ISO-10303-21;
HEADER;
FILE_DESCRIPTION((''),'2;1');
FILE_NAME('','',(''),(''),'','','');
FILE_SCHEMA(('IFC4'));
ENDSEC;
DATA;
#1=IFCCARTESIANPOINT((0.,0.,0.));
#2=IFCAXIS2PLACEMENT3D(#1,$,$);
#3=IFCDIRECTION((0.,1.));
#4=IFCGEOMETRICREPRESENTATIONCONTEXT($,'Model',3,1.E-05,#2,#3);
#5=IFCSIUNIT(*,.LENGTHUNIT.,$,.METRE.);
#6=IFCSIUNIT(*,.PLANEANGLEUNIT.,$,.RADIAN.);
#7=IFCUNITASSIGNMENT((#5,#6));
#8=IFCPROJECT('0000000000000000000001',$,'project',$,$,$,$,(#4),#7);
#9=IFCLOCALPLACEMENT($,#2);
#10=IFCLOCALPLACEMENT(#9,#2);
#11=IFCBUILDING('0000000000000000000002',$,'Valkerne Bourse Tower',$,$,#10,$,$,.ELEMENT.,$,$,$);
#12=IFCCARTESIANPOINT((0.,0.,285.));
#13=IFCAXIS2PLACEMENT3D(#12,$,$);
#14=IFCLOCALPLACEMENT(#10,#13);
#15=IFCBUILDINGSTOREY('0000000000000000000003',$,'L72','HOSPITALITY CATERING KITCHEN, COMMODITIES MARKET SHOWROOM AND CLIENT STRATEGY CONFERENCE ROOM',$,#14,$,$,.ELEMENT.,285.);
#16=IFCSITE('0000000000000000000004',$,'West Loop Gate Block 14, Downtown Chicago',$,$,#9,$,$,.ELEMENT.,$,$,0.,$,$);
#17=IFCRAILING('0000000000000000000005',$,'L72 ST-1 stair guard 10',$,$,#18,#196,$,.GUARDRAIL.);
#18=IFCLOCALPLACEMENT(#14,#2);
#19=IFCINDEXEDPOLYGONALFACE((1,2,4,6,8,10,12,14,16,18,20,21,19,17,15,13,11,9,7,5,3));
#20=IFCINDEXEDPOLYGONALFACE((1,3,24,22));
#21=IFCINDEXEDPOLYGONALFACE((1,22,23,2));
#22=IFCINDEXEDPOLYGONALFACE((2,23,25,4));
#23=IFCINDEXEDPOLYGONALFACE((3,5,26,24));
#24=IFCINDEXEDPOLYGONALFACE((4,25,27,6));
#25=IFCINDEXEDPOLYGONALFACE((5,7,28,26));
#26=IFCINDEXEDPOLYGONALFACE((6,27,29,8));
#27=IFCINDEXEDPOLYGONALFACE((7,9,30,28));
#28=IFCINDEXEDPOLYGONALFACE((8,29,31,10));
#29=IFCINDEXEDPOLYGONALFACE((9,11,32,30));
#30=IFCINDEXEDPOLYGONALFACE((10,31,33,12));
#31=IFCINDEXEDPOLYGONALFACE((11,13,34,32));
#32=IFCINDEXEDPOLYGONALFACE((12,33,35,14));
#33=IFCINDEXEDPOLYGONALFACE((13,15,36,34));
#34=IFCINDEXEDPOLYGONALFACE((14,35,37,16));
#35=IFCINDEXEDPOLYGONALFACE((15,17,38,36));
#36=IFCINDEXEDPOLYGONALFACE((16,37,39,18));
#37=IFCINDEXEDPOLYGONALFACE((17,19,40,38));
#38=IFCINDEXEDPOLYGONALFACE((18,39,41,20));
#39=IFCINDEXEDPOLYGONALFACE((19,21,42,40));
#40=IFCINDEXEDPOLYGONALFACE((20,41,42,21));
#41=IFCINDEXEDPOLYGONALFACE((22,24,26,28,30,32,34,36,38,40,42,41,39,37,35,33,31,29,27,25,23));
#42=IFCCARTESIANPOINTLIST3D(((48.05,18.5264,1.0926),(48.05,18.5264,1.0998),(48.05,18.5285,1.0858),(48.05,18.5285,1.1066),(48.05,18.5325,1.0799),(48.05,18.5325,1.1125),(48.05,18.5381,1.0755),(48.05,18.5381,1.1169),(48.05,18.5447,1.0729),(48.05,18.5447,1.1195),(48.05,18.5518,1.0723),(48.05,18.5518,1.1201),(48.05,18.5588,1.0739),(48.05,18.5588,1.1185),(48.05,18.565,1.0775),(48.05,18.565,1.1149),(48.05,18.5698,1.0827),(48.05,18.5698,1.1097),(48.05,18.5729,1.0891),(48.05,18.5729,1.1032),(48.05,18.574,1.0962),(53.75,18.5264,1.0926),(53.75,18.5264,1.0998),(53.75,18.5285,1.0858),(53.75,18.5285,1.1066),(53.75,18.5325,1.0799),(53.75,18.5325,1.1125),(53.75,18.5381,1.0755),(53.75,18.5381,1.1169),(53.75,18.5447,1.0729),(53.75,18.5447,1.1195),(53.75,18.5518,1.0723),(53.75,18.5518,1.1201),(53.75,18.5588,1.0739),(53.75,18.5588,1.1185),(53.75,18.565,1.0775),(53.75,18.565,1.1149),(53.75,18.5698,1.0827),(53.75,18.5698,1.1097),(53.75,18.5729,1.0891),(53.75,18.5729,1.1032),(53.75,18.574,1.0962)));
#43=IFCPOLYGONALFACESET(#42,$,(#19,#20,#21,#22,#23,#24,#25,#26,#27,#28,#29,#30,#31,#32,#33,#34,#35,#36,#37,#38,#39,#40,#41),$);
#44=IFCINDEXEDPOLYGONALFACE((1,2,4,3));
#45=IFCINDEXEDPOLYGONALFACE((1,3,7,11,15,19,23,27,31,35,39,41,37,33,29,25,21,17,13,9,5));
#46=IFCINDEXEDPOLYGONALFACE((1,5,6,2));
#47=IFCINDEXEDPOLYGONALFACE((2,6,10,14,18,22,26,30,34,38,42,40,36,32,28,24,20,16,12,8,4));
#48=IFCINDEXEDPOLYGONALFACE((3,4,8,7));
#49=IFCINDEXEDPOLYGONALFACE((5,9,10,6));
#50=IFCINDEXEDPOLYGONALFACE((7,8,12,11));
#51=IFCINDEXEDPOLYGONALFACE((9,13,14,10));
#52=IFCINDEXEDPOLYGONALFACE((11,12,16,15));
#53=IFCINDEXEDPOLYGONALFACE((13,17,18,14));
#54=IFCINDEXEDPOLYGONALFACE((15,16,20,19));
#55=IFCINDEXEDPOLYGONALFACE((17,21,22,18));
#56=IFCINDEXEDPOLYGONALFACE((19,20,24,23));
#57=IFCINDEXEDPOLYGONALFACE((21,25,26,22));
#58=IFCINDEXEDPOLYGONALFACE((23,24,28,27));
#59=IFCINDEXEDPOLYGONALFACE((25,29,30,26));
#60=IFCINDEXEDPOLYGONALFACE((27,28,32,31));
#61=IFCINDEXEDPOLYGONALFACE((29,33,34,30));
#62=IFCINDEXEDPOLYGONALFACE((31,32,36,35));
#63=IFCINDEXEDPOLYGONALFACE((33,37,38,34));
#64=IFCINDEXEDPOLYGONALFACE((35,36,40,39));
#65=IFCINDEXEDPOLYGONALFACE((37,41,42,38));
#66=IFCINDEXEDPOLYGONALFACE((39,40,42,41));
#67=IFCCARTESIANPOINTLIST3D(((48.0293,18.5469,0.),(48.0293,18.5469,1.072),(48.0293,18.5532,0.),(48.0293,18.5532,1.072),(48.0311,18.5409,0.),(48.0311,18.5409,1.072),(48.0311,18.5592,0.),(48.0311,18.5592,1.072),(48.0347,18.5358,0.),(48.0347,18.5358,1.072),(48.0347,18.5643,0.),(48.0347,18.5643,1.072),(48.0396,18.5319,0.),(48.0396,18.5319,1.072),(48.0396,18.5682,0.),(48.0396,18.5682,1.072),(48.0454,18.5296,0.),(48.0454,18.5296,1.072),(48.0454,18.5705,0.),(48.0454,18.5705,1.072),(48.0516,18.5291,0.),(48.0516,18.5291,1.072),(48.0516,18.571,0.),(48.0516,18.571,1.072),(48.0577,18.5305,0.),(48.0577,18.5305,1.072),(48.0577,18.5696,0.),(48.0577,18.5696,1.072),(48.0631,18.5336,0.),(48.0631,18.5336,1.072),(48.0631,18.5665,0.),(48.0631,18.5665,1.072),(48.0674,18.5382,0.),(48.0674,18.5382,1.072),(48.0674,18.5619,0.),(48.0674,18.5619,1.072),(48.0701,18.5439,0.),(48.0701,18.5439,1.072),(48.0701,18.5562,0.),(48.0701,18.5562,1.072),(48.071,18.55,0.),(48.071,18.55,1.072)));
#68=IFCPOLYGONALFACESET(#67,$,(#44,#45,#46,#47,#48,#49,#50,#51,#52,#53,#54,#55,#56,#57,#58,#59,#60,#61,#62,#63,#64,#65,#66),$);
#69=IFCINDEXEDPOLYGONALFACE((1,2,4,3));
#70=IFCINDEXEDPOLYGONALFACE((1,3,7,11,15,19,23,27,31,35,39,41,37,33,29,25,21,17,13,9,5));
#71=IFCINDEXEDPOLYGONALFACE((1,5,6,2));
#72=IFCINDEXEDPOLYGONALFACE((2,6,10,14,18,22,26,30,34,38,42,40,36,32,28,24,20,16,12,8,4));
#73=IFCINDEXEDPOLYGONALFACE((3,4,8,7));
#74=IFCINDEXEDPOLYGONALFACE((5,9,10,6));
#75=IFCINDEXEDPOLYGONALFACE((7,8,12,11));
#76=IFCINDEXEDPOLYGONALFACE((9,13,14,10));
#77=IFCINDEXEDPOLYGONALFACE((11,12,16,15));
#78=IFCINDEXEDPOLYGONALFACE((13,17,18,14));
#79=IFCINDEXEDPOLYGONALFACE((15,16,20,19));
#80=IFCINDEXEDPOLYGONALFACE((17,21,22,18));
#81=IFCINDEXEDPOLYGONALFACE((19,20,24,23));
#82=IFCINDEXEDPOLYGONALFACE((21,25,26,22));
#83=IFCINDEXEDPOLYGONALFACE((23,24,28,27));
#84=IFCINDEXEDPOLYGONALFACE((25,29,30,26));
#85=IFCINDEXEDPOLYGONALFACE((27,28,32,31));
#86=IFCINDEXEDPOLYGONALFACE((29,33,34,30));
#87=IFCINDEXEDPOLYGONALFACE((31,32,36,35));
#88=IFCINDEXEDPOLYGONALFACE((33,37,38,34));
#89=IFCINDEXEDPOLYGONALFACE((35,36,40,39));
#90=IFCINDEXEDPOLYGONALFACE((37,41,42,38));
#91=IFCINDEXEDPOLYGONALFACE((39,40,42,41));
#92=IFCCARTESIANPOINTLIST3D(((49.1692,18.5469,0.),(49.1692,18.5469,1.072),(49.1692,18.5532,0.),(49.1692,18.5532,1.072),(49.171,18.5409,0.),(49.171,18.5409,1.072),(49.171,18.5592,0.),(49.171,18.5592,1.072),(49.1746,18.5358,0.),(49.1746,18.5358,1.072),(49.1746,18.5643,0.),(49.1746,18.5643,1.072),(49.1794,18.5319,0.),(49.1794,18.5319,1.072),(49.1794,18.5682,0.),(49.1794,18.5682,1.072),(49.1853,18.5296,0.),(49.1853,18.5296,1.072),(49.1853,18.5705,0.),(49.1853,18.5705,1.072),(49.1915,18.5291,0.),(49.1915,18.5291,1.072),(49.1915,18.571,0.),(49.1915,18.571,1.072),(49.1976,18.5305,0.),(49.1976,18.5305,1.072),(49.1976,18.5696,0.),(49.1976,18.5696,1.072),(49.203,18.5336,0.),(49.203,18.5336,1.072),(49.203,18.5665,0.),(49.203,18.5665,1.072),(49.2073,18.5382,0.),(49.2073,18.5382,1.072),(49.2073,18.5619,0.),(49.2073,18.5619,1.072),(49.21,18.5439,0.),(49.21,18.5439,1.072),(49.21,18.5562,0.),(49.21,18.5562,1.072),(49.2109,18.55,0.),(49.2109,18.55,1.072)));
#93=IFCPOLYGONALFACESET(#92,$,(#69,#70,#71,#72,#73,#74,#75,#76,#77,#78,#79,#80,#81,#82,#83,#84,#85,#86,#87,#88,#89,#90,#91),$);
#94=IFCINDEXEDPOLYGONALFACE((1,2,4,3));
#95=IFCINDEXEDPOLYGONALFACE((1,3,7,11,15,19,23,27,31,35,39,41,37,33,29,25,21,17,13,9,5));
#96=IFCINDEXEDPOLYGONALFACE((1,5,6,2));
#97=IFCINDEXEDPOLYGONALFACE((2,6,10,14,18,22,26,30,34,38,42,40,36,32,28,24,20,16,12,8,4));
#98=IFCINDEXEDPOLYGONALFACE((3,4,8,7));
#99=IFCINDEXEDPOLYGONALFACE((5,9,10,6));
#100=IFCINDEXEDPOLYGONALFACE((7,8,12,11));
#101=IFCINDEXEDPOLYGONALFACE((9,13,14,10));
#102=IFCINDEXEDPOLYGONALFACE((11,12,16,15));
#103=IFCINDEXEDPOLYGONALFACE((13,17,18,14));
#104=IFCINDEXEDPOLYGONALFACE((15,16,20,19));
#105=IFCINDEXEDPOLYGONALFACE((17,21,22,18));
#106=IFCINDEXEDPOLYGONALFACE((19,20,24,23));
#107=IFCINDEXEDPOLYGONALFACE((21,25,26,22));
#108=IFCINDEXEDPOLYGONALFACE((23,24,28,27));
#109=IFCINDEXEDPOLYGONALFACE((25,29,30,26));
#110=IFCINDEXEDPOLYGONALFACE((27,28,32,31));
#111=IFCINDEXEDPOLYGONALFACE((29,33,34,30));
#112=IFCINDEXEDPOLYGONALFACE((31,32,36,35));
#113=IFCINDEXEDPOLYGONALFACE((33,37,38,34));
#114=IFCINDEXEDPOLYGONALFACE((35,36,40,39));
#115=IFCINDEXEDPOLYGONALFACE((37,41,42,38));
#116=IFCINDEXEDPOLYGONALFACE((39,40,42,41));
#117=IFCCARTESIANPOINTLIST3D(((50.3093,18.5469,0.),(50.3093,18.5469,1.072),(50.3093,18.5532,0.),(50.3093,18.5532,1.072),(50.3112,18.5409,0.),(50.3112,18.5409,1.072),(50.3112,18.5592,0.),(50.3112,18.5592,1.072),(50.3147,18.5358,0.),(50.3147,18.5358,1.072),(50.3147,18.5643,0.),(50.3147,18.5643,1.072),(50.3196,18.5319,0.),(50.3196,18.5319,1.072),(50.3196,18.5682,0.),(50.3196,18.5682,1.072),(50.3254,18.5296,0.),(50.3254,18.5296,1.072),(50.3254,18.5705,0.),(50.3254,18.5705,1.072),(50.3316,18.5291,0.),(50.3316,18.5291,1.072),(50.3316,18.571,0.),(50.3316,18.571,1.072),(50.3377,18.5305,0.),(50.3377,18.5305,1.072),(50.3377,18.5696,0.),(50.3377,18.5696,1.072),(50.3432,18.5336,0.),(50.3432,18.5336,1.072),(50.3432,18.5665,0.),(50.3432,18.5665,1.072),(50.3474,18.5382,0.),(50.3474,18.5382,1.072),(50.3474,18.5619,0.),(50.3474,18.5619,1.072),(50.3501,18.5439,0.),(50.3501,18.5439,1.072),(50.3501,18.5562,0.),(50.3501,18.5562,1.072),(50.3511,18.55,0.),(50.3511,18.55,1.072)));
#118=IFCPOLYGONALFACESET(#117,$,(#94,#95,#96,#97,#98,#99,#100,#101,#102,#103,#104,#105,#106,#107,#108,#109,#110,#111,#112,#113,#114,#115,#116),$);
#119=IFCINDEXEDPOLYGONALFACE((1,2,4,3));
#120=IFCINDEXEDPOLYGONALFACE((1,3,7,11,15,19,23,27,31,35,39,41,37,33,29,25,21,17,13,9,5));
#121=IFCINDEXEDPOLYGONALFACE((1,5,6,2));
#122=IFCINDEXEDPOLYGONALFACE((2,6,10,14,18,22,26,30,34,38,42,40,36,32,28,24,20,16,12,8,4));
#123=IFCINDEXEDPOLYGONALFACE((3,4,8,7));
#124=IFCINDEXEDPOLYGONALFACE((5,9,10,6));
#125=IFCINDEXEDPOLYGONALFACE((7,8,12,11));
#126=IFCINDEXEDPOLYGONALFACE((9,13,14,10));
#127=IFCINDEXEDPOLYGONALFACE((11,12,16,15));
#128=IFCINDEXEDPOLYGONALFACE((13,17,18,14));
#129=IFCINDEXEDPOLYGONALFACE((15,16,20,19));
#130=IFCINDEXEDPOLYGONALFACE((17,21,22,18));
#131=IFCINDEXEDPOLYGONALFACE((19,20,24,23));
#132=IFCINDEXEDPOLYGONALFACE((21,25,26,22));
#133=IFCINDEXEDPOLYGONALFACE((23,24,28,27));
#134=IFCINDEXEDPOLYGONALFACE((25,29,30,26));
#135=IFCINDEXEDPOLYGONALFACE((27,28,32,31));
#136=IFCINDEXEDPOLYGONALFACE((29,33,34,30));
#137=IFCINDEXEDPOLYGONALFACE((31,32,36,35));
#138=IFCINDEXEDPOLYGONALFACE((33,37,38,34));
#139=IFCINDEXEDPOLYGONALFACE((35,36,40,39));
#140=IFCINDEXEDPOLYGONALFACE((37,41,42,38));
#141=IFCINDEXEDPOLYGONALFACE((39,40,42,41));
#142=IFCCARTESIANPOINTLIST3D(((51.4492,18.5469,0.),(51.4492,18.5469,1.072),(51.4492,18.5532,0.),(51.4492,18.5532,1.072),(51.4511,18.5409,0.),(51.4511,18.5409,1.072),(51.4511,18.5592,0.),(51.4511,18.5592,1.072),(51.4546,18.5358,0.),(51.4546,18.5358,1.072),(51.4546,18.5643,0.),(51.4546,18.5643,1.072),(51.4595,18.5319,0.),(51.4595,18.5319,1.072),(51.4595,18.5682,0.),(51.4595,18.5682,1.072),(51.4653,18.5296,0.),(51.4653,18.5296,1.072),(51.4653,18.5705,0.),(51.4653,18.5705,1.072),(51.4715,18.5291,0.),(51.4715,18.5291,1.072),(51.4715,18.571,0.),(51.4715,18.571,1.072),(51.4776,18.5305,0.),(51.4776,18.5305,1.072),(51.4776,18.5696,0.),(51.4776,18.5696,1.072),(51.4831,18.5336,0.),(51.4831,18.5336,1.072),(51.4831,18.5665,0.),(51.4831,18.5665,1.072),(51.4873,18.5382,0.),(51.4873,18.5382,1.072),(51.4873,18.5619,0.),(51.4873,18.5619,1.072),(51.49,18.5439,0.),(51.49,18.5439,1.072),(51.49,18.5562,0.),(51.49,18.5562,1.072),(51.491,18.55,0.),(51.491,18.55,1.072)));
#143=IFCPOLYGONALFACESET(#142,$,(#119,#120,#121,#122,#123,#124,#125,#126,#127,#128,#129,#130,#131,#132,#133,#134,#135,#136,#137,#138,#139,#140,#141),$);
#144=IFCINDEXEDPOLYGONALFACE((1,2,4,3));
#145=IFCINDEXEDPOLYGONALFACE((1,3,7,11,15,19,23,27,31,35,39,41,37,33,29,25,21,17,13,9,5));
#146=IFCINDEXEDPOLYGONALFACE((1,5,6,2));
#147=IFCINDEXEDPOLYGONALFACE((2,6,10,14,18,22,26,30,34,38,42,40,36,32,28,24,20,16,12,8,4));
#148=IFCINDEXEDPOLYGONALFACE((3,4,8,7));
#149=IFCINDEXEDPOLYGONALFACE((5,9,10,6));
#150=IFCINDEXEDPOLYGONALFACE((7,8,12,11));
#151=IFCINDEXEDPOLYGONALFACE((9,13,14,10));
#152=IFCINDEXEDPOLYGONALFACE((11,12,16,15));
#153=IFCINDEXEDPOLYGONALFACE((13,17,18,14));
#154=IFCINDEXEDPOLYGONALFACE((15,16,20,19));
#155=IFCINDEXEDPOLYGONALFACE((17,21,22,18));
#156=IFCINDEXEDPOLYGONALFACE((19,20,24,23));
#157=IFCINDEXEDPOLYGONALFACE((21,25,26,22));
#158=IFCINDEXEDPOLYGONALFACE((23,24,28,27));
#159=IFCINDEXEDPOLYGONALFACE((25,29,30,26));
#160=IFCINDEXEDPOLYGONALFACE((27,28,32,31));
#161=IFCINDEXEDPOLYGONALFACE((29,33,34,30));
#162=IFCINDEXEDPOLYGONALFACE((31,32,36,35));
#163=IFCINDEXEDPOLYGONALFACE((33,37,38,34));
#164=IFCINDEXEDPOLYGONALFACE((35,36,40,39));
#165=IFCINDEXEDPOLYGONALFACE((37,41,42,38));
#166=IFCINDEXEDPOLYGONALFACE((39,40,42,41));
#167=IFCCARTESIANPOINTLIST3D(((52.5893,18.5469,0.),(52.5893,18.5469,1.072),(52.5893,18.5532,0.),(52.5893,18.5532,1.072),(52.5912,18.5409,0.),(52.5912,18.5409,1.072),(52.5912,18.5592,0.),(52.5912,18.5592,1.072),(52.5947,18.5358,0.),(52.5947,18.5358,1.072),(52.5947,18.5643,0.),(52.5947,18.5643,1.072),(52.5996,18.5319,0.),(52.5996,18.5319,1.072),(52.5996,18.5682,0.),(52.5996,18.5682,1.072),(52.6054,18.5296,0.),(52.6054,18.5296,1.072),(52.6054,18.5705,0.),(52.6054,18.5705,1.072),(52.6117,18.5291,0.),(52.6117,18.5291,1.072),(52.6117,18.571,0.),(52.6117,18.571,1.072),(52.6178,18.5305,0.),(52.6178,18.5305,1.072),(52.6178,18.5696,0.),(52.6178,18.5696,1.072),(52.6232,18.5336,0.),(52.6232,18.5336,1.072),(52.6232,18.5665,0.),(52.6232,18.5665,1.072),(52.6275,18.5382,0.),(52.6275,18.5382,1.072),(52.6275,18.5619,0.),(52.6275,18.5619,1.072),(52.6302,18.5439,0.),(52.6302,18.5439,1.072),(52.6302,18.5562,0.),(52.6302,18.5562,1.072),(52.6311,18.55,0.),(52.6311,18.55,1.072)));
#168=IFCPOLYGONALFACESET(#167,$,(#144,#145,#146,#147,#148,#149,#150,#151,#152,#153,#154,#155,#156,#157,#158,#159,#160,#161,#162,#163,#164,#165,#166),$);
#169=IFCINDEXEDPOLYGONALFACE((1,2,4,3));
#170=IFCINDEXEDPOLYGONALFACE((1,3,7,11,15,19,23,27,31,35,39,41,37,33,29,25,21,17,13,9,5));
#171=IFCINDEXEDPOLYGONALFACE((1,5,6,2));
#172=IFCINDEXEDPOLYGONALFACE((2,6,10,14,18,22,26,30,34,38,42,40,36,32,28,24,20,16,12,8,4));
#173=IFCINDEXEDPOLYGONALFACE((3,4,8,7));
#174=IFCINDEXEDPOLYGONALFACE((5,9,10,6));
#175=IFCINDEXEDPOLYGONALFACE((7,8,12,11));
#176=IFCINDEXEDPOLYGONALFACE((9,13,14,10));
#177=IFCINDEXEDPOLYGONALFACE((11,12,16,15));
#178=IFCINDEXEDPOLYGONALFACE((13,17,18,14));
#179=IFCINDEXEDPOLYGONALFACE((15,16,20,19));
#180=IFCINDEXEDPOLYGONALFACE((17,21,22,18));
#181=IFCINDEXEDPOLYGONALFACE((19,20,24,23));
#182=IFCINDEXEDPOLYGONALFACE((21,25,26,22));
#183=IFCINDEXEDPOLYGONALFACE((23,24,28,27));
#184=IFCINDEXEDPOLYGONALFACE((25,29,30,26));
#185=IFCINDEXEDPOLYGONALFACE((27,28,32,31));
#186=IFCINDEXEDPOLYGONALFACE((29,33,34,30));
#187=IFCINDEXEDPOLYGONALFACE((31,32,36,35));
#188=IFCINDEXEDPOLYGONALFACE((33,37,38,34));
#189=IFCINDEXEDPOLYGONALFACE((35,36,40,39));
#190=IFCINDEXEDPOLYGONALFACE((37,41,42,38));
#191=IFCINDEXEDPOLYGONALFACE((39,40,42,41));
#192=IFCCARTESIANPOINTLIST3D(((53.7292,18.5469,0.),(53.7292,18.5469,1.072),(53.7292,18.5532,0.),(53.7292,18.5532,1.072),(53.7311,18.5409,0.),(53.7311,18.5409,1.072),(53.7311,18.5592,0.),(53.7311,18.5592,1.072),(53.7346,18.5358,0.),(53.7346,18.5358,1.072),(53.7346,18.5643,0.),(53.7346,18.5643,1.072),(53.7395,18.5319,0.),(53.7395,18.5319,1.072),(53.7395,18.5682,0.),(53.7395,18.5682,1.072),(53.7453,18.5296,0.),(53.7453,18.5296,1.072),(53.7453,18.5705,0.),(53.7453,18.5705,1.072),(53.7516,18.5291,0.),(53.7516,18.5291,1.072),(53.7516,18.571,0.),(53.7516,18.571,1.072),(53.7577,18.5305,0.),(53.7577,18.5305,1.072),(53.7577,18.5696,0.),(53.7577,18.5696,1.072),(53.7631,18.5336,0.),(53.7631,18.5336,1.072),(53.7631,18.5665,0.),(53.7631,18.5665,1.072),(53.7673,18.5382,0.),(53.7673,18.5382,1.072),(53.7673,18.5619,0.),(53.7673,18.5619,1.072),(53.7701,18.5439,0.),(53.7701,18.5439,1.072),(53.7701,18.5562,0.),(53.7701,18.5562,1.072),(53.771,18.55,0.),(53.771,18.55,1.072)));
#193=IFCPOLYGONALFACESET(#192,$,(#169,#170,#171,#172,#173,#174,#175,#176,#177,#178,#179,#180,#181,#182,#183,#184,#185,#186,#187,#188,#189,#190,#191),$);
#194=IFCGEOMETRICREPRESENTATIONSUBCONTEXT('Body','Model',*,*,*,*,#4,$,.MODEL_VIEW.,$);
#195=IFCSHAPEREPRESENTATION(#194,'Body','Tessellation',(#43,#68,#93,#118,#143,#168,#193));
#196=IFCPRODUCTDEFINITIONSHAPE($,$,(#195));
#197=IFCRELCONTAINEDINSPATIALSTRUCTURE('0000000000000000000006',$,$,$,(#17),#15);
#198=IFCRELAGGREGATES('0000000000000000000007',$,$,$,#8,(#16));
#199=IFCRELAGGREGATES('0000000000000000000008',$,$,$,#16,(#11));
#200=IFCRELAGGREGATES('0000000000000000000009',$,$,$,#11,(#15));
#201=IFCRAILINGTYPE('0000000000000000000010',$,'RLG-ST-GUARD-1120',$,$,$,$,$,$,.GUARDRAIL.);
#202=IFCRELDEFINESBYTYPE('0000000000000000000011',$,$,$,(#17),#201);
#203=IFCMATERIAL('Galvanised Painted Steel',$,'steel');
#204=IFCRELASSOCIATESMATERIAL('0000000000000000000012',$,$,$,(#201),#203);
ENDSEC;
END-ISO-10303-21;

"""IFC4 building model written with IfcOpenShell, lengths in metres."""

from ifc_helpers import new_model, si_unit, direction, frame, origin, origin_2d, place, context, subcontext, project, spatial, circle, extrude, material, type_object, element, save


model = new_model("IFC4")

# Units and contexts
model_context = context("Model", 3, precision=1e-05, world=origin(), true_north=direction((0.0, 1.0)))
body_context = subcontext(model_context, "Body", "Model", "MODEL_VIEW")
ifc_project = project(units=[si_unit("LENGTHUNIT", "METRE"), si_unit("PLANEANGLEUNIT", "RADIAN")], contexts=[model_context])

# Site, building, storey
site_placement = place(None, origin())
site = spatial("IfcSite", under=ifc_project, at=site_placement, Name="West Loop Gate Block 14, Downtown Chicago", CompositionType="ELEMENT", RefElevation=0.0)
building_placement = place(site_placement, origin())
building = spatial("IfcBuilding", under=site, at=building_placement, Name="Valkerne Bourse Tower", CompositionType="ELEMENT")
storey_placement = place(building_placement, frame((0.0, 0.0, 285.0)))
storey = spatial("IfcBuildingStorey", under=building, at=storey_placement, Name="L72", Description="HOSPITALITY CATERING KITCHEN, COMMODITIES MARKET SHOWROOM AND CLIENT STRATEGY CONFERENCE ROOM", CompositionType="ELEMENT", Elevation=285.0)

# Railing
ifc_material_1 = material(Name="Galvanised Painted Steel", Category="steel")
railing_type = type_object("IfcRailingType", Name="RLG-ST-GUARD-1120", PredefinedType="GUARDRAIL", material=ifc_material_1)
railing_placement = place(storey_placement, frame((48.05, 18.55, 0.0)))
element("IfcRailing", 1, at=railing_placement, inside=storey, type_object=railing_type, Name="L72 ST-1 stair guard 10", PredefinedType="GUARDRAIL", context=body_context, shape_type="SweptSolid", body=[
    extrude(circle(Radius=0.0239, at=origin_2d()), frame((0.0, 0.0, 1.0962), z_axis=(1.0, 0.0, 0.0), x_axis=(0.0, 1.0, 0.0)), (0.0, 0.0, 1.0), 5.7),
    extrude(circle(Radius=0.021, at=origin_2d()), origin(), (0.0, 0.0, 1.0), 1.072),
    extrude(circle(Radius=0.021, at=origin_2d()), frame((1.1399, 0.0, 0.0)), (0.0, 0.0, 1.0), 1.072),
    extrude(circle(Radius=0.021, at=origin_2d()), frame((2.28, 0.0, 0.0)), (0.0, 0.0, 1.0), 1.072),
    extrude(circle(Radius=0.021, at=origin_2d()), frame((3.4199, 0.0, 0.0)), (0.0, 0.0, 1.0), 1.072),
    extrude(circle(Radius=0.021, at=origin_2d()), frame((4.5601, 0.0, 0.0)), (0.0, 0.0, 1.0), 1.072),
    extrude(circle(Radius=0.021, at=origin_2d()), frame((5.7, 0.0, 0.0)), (0.0, 0.0, 1.0), 1.072),
])

save(model, "model.ifc")
